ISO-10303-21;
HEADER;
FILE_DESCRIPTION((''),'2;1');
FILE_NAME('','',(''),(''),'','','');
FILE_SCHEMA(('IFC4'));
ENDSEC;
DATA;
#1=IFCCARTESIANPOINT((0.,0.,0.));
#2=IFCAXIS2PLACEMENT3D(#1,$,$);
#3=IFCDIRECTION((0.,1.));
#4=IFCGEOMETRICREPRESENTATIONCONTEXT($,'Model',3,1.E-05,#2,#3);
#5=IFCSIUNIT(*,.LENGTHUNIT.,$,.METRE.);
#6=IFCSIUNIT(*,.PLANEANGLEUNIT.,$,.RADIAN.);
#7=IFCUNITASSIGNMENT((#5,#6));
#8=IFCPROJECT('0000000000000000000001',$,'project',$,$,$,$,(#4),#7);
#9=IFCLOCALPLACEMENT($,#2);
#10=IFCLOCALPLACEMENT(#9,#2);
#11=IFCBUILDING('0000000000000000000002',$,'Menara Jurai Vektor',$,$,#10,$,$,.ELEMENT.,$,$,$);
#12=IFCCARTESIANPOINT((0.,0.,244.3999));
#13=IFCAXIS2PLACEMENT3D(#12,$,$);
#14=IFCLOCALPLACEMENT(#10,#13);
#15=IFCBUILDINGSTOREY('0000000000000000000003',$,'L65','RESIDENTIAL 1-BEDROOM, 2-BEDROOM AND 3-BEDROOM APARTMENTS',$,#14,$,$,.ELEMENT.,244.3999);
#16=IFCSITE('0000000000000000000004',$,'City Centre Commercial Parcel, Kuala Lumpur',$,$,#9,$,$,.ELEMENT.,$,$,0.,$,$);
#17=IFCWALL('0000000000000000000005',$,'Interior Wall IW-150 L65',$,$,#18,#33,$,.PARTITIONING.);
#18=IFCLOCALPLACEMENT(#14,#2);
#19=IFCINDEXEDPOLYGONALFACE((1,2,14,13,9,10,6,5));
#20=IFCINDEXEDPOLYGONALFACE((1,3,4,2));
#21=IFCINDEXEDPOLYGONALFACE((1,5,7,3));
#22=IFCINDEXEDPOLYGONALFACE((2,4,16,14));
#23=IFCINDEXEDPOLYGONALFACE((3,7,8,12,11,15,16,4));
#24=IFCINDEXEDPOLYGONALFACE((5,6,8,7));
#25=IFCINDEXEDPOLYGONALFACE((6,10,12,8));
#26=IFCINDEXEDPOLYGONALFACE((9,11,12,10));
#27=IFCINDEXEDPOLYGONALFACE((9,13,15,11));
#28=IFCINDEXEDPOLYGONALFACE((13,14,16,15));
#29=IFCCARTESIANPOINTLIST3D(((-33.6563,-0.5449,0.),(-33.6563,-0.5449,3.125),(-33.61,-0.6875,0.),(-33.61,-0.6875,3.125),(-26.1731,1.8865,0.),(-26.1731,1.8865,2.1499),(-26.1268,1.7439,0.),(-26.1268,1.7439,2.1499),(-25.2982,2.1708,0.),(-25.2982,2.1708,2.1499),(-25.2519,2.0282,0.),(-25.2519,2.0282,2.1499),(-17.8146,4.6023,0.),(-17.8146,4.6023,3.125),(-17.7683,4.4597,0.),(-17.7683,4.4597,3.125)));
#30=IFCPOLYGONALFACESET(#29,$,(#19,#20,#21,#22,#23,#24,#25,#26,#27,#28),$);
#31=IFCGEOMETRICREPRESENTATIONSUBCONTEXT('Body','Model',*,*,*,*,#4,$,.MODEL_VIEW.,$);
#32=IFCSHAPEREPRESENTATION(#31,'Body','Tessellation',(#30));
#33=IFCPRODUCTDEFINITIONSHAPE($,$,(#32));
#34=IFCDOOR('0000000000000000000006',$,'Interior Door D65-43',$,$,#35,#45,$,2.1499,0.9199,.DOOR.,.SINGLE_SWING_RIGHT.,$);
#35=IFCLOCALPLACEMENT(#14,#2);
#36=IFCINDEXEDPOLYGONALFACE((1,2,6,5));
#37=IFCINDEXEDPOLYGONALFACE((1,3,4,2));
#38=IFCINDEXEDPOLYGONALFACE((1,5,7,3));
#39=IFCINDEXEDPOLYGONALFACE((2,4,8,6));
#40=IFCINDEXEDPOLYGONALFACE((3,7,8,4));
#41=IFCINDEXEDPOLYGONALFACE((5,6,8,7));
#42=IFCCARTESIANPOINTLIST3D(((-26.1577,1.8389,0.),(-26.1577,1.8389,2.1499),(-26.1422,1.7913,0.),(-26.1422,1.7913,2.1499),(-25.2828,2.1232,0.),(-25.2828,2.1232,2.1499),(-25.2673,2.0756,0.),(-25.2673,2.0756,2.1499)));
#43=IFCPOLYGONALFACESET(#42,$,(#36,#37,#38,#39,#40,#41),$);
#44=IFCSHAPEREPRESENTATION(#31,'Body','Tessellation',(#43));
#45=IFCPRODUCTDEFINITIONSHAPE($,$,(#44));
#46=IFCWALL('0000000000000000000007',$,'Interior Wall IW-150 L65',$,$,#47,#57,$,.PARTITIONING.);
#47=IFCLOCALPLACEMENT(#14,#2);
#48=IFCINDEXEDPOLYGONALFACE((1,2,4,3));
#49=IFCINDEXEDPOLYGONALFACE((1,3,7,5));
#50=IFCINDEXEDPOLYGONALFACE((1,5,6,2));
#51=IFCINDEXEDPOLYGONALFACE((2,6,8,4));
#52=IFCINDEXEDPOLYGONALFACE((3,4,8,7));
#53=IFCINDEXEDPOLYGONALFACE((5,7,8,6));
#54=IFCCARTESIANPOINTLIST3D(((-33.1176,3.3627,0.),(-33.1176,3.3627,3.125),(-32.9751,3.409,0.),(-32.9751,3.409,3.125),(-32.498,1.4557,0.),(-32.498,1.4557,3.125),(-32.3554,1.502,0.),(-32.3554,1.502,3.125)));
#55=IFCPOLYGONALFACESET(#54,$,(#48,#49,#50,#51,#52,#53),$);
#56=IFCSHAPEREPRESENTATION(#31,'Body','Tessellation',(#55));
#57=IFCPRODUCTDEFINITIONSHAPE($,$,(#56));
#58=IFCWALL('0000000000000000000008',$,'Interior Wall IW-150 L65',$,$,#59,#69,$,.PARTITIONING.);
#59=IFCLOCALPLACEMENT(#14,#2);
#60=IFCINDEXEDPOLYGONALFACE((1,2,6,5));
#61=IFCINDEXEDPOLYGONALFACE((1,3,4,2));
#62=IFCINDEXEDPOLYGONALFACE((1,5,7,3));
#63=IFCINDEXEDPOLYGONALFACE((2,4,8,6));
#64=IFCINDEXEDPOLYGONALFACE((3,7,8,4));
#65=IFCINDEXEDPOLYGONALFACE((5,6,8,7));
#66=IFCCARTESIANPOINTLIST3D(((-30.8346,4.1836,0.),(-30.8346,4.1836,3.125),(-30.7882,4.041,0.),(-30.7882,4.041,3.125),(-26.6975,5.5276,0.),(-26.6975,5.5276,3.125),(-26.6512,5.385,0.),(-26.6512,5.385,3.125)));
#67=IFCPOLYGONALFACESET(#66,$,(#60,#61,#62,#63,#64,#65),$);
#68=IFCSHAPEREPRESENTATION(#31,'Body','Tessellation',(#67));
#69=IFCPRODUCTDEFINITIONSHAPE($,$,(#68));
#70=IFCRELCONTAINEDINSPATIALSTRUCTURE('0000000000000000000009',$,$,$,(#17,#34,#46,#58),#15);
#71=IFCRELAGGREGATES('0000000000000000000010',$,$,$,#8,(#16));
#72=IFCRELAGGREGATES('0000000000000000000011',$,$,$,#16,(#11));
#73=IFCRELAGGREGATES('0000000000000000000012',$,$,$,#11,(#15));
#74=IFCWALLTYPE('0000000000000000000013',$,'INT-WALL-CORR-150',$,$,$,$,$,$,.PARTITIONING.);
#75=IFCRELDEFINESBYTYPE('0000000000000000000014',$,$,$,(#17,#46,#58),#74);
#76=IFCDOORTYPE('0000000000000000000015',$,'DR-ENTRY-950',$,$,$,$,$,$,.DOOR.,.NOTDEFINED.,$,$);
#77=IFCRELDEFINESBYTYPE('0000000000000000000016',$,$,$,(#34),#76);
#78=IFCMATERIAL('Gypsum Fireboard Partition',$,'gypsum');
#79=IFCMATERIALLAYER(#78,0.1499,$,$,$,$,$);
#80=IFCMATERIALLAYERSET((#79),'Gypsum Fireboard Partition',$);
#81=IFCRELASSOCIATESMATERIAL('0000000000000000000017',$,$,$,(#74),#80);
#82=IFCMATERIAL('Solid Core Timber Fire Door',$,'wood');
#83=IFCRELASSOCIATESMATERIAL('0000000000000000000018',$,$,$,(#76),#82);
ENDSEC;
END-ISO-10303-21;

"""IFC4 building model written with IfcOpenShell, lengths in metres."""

from ifc_helpers import new_model, si_unit, direction, frame, frame_2d, origin, place, context, subcontext, project, spatial, rectangle, extrude, material, layer, layer_set, type_object, element, fill, save


model = new_model("IFC4")

# Units and contexts
model_context = context("Model", 3, precision=1e-05, world=origin(), true_north=direction((0.0, 1.0)))
body_context = subcontext(model_context, "Body", "Model", "MODEL_VIEW")
ifc_project = project(units=[si_unit("LENGTHUNIT", "METRE"), si_unit("PLANEANGLEUNIT", "RADIAN")], contexts=[model_context])

# Site, building, storey
site_placement = place(None, origin())
site = spatial("IfcSite", under=ifc_project, at=site_placement, Name="City Centre Commercial Parcel, Kuala Lumpur", CompositionType="ELEMENT", RefElevation=0.0)
building_placement = place(site_placement, origin())
building = spatial("IfcBuilding", under=site, at=building_placement, Name="Menara Jurai Vektor", CompositionType="ELEMENT")
storey_placement = place(building_placement, frame((0.0, 0.0, 244.3999)))
storey = spatial("IfcBuildingStorey", under=building, at=storey_placement, Name="L65", Description="RESIDENTIAL 1-BEDROOM, 2-BEDROOM AND 3-BEDROOM APARTMENTS", CompositionType="ELEMENT", Elevation=244.3999)

# Shared definitions
ifc_material_1 = material(Name="Gypsum Fireboard Partition", Category="gypsum")
ifc_layer_1 = layer(ifc_material_1, 0.1499)
ifc_layer_set_1 = layer_set([ifc_layer_1], Name="Gypsum Fireboard Partition")
wall_type = type_object("IfcWallType", Name="INT-WALL-CORR-150", PredefinedType="PARTITIONING", material=ifc_layer_set_1)

# Wall, opening, door
wall_1_placement = place(storey_placement, frame((-33.6333, -0.6162, 0.0), z_axis=(0.0, 0.0, 1.0), x_axis=(0.951058, 0.309012, 0.0)))
wall_1 = element("IfcWall", 1, at=wall_1_placement, inside=storey, type_object=wall_type, Name="Interior Wall IW-150 L65", PredefinedType="PARTITIONING", context=body_context, shape_type="SweptSolid", body=[
    extrude(rectangle(XDim=16.657, YDim=0.1499, at=frame_2d((8.3286, 0.0))), origin(), (0.0, 0.0, 1.0), 3.125),
])
opening_1_placement = place(wall_1_placement, frame((7.8684, 0.0, 0.0)))
opening_1 = element("IfcOpeningElement", 2, at=opening_1_placement, cuts=wall_1, PredefinedType="OPENING", context=body_context, shape_type="SweptSolid", body=[
    extrude(rectangle(XDim=0.9199, YDim=2.1499, at=frame_2d((0.46, 1.075))), frame((0.0, 0.085, 0.0), z_axis=(0.0, -1.0, 0.0), x_axis=(1.0, 0.0, 0.0)), (0.0, 0.0, 1.0), 0.1699),
])
ifc_material_2 = material(Name="Solid Core Timber Fire Door", Category="wood")
door_type_1 = type_object("IfcDoorType", Name="DR-ENTRY-950", OperationType="NOTDEFINED", PredefinedType="DOOR", material=ifc_material_2)
door_1_placement = place(opening_1_placement, origin())
door_1 = element("IfcDoor", 3, at=door_1_placement, inside=storey, type_object=door_type_1, Name="Interior Door D65-43", OperationType="SINGLE_SWING_RIGHT", OverallHeight=2.1499, OverallWidth=0.9199, PredefinedType="DOOR", context=body_context, shape_type="SweptSolid", body=[
    extrude(rectangle(XDim=0.9199, YDim=2.1499, at=frame_2d((0.46, 1.075))), frame((0.0, 0.0249, 0.0), z_axis=(0.0, -1.0, 0.0), x_axis=(1.0, 0.0, 0.0)), (0.0, 0.0, 1.0), 0.05),
])
fill(opening_1, door_1)

# Wall
wall_2_placement = place(storey_placement, frame((-32.4268, 1.479, 0.0), z_axis=(0.0, 0.0, 1.0), x_axis=(-0.309023, 0.951055, 0.0)))
element("IfcWall", 4, at=wall_2_placement, inside=storey, type_object=wall_type, Name="Interior Wall IW-150 L65", PredefinedType="PARTITIONING", context=body_context, shape_type="SweptSolid", body=[
    extrude(rectangle(XDim=2.0051, YDim=0.1499, at=frame_2d((1.0024, 0.0))), origin(), (0.0, 0.0, 1.0), 3.125),
])

# Wall
wall_3_placement = place(storey_placement, frame((-30.8113, 4.1123, 0.0), z_axis=(0.0, 0.0, 1.0), x_axis=(0.951069, 0.308978, 0.0)))
element("IfcWall", 5, at=wall_3_placement, inside=storey, type_object=wall_type, Name="Interior Wall IW-150 L65", PredefinedType="PARTITIONING", context=body_context, shape_type="SweptSolid", body=[
    extrude(rectangle(XDim=4.3499, YDim=0.1499, at=frame_2d((2.1748, 0.0))), origin(), (0.0, 0.0, 1.0), 3.125),
])

save(model, "model.ifc")
